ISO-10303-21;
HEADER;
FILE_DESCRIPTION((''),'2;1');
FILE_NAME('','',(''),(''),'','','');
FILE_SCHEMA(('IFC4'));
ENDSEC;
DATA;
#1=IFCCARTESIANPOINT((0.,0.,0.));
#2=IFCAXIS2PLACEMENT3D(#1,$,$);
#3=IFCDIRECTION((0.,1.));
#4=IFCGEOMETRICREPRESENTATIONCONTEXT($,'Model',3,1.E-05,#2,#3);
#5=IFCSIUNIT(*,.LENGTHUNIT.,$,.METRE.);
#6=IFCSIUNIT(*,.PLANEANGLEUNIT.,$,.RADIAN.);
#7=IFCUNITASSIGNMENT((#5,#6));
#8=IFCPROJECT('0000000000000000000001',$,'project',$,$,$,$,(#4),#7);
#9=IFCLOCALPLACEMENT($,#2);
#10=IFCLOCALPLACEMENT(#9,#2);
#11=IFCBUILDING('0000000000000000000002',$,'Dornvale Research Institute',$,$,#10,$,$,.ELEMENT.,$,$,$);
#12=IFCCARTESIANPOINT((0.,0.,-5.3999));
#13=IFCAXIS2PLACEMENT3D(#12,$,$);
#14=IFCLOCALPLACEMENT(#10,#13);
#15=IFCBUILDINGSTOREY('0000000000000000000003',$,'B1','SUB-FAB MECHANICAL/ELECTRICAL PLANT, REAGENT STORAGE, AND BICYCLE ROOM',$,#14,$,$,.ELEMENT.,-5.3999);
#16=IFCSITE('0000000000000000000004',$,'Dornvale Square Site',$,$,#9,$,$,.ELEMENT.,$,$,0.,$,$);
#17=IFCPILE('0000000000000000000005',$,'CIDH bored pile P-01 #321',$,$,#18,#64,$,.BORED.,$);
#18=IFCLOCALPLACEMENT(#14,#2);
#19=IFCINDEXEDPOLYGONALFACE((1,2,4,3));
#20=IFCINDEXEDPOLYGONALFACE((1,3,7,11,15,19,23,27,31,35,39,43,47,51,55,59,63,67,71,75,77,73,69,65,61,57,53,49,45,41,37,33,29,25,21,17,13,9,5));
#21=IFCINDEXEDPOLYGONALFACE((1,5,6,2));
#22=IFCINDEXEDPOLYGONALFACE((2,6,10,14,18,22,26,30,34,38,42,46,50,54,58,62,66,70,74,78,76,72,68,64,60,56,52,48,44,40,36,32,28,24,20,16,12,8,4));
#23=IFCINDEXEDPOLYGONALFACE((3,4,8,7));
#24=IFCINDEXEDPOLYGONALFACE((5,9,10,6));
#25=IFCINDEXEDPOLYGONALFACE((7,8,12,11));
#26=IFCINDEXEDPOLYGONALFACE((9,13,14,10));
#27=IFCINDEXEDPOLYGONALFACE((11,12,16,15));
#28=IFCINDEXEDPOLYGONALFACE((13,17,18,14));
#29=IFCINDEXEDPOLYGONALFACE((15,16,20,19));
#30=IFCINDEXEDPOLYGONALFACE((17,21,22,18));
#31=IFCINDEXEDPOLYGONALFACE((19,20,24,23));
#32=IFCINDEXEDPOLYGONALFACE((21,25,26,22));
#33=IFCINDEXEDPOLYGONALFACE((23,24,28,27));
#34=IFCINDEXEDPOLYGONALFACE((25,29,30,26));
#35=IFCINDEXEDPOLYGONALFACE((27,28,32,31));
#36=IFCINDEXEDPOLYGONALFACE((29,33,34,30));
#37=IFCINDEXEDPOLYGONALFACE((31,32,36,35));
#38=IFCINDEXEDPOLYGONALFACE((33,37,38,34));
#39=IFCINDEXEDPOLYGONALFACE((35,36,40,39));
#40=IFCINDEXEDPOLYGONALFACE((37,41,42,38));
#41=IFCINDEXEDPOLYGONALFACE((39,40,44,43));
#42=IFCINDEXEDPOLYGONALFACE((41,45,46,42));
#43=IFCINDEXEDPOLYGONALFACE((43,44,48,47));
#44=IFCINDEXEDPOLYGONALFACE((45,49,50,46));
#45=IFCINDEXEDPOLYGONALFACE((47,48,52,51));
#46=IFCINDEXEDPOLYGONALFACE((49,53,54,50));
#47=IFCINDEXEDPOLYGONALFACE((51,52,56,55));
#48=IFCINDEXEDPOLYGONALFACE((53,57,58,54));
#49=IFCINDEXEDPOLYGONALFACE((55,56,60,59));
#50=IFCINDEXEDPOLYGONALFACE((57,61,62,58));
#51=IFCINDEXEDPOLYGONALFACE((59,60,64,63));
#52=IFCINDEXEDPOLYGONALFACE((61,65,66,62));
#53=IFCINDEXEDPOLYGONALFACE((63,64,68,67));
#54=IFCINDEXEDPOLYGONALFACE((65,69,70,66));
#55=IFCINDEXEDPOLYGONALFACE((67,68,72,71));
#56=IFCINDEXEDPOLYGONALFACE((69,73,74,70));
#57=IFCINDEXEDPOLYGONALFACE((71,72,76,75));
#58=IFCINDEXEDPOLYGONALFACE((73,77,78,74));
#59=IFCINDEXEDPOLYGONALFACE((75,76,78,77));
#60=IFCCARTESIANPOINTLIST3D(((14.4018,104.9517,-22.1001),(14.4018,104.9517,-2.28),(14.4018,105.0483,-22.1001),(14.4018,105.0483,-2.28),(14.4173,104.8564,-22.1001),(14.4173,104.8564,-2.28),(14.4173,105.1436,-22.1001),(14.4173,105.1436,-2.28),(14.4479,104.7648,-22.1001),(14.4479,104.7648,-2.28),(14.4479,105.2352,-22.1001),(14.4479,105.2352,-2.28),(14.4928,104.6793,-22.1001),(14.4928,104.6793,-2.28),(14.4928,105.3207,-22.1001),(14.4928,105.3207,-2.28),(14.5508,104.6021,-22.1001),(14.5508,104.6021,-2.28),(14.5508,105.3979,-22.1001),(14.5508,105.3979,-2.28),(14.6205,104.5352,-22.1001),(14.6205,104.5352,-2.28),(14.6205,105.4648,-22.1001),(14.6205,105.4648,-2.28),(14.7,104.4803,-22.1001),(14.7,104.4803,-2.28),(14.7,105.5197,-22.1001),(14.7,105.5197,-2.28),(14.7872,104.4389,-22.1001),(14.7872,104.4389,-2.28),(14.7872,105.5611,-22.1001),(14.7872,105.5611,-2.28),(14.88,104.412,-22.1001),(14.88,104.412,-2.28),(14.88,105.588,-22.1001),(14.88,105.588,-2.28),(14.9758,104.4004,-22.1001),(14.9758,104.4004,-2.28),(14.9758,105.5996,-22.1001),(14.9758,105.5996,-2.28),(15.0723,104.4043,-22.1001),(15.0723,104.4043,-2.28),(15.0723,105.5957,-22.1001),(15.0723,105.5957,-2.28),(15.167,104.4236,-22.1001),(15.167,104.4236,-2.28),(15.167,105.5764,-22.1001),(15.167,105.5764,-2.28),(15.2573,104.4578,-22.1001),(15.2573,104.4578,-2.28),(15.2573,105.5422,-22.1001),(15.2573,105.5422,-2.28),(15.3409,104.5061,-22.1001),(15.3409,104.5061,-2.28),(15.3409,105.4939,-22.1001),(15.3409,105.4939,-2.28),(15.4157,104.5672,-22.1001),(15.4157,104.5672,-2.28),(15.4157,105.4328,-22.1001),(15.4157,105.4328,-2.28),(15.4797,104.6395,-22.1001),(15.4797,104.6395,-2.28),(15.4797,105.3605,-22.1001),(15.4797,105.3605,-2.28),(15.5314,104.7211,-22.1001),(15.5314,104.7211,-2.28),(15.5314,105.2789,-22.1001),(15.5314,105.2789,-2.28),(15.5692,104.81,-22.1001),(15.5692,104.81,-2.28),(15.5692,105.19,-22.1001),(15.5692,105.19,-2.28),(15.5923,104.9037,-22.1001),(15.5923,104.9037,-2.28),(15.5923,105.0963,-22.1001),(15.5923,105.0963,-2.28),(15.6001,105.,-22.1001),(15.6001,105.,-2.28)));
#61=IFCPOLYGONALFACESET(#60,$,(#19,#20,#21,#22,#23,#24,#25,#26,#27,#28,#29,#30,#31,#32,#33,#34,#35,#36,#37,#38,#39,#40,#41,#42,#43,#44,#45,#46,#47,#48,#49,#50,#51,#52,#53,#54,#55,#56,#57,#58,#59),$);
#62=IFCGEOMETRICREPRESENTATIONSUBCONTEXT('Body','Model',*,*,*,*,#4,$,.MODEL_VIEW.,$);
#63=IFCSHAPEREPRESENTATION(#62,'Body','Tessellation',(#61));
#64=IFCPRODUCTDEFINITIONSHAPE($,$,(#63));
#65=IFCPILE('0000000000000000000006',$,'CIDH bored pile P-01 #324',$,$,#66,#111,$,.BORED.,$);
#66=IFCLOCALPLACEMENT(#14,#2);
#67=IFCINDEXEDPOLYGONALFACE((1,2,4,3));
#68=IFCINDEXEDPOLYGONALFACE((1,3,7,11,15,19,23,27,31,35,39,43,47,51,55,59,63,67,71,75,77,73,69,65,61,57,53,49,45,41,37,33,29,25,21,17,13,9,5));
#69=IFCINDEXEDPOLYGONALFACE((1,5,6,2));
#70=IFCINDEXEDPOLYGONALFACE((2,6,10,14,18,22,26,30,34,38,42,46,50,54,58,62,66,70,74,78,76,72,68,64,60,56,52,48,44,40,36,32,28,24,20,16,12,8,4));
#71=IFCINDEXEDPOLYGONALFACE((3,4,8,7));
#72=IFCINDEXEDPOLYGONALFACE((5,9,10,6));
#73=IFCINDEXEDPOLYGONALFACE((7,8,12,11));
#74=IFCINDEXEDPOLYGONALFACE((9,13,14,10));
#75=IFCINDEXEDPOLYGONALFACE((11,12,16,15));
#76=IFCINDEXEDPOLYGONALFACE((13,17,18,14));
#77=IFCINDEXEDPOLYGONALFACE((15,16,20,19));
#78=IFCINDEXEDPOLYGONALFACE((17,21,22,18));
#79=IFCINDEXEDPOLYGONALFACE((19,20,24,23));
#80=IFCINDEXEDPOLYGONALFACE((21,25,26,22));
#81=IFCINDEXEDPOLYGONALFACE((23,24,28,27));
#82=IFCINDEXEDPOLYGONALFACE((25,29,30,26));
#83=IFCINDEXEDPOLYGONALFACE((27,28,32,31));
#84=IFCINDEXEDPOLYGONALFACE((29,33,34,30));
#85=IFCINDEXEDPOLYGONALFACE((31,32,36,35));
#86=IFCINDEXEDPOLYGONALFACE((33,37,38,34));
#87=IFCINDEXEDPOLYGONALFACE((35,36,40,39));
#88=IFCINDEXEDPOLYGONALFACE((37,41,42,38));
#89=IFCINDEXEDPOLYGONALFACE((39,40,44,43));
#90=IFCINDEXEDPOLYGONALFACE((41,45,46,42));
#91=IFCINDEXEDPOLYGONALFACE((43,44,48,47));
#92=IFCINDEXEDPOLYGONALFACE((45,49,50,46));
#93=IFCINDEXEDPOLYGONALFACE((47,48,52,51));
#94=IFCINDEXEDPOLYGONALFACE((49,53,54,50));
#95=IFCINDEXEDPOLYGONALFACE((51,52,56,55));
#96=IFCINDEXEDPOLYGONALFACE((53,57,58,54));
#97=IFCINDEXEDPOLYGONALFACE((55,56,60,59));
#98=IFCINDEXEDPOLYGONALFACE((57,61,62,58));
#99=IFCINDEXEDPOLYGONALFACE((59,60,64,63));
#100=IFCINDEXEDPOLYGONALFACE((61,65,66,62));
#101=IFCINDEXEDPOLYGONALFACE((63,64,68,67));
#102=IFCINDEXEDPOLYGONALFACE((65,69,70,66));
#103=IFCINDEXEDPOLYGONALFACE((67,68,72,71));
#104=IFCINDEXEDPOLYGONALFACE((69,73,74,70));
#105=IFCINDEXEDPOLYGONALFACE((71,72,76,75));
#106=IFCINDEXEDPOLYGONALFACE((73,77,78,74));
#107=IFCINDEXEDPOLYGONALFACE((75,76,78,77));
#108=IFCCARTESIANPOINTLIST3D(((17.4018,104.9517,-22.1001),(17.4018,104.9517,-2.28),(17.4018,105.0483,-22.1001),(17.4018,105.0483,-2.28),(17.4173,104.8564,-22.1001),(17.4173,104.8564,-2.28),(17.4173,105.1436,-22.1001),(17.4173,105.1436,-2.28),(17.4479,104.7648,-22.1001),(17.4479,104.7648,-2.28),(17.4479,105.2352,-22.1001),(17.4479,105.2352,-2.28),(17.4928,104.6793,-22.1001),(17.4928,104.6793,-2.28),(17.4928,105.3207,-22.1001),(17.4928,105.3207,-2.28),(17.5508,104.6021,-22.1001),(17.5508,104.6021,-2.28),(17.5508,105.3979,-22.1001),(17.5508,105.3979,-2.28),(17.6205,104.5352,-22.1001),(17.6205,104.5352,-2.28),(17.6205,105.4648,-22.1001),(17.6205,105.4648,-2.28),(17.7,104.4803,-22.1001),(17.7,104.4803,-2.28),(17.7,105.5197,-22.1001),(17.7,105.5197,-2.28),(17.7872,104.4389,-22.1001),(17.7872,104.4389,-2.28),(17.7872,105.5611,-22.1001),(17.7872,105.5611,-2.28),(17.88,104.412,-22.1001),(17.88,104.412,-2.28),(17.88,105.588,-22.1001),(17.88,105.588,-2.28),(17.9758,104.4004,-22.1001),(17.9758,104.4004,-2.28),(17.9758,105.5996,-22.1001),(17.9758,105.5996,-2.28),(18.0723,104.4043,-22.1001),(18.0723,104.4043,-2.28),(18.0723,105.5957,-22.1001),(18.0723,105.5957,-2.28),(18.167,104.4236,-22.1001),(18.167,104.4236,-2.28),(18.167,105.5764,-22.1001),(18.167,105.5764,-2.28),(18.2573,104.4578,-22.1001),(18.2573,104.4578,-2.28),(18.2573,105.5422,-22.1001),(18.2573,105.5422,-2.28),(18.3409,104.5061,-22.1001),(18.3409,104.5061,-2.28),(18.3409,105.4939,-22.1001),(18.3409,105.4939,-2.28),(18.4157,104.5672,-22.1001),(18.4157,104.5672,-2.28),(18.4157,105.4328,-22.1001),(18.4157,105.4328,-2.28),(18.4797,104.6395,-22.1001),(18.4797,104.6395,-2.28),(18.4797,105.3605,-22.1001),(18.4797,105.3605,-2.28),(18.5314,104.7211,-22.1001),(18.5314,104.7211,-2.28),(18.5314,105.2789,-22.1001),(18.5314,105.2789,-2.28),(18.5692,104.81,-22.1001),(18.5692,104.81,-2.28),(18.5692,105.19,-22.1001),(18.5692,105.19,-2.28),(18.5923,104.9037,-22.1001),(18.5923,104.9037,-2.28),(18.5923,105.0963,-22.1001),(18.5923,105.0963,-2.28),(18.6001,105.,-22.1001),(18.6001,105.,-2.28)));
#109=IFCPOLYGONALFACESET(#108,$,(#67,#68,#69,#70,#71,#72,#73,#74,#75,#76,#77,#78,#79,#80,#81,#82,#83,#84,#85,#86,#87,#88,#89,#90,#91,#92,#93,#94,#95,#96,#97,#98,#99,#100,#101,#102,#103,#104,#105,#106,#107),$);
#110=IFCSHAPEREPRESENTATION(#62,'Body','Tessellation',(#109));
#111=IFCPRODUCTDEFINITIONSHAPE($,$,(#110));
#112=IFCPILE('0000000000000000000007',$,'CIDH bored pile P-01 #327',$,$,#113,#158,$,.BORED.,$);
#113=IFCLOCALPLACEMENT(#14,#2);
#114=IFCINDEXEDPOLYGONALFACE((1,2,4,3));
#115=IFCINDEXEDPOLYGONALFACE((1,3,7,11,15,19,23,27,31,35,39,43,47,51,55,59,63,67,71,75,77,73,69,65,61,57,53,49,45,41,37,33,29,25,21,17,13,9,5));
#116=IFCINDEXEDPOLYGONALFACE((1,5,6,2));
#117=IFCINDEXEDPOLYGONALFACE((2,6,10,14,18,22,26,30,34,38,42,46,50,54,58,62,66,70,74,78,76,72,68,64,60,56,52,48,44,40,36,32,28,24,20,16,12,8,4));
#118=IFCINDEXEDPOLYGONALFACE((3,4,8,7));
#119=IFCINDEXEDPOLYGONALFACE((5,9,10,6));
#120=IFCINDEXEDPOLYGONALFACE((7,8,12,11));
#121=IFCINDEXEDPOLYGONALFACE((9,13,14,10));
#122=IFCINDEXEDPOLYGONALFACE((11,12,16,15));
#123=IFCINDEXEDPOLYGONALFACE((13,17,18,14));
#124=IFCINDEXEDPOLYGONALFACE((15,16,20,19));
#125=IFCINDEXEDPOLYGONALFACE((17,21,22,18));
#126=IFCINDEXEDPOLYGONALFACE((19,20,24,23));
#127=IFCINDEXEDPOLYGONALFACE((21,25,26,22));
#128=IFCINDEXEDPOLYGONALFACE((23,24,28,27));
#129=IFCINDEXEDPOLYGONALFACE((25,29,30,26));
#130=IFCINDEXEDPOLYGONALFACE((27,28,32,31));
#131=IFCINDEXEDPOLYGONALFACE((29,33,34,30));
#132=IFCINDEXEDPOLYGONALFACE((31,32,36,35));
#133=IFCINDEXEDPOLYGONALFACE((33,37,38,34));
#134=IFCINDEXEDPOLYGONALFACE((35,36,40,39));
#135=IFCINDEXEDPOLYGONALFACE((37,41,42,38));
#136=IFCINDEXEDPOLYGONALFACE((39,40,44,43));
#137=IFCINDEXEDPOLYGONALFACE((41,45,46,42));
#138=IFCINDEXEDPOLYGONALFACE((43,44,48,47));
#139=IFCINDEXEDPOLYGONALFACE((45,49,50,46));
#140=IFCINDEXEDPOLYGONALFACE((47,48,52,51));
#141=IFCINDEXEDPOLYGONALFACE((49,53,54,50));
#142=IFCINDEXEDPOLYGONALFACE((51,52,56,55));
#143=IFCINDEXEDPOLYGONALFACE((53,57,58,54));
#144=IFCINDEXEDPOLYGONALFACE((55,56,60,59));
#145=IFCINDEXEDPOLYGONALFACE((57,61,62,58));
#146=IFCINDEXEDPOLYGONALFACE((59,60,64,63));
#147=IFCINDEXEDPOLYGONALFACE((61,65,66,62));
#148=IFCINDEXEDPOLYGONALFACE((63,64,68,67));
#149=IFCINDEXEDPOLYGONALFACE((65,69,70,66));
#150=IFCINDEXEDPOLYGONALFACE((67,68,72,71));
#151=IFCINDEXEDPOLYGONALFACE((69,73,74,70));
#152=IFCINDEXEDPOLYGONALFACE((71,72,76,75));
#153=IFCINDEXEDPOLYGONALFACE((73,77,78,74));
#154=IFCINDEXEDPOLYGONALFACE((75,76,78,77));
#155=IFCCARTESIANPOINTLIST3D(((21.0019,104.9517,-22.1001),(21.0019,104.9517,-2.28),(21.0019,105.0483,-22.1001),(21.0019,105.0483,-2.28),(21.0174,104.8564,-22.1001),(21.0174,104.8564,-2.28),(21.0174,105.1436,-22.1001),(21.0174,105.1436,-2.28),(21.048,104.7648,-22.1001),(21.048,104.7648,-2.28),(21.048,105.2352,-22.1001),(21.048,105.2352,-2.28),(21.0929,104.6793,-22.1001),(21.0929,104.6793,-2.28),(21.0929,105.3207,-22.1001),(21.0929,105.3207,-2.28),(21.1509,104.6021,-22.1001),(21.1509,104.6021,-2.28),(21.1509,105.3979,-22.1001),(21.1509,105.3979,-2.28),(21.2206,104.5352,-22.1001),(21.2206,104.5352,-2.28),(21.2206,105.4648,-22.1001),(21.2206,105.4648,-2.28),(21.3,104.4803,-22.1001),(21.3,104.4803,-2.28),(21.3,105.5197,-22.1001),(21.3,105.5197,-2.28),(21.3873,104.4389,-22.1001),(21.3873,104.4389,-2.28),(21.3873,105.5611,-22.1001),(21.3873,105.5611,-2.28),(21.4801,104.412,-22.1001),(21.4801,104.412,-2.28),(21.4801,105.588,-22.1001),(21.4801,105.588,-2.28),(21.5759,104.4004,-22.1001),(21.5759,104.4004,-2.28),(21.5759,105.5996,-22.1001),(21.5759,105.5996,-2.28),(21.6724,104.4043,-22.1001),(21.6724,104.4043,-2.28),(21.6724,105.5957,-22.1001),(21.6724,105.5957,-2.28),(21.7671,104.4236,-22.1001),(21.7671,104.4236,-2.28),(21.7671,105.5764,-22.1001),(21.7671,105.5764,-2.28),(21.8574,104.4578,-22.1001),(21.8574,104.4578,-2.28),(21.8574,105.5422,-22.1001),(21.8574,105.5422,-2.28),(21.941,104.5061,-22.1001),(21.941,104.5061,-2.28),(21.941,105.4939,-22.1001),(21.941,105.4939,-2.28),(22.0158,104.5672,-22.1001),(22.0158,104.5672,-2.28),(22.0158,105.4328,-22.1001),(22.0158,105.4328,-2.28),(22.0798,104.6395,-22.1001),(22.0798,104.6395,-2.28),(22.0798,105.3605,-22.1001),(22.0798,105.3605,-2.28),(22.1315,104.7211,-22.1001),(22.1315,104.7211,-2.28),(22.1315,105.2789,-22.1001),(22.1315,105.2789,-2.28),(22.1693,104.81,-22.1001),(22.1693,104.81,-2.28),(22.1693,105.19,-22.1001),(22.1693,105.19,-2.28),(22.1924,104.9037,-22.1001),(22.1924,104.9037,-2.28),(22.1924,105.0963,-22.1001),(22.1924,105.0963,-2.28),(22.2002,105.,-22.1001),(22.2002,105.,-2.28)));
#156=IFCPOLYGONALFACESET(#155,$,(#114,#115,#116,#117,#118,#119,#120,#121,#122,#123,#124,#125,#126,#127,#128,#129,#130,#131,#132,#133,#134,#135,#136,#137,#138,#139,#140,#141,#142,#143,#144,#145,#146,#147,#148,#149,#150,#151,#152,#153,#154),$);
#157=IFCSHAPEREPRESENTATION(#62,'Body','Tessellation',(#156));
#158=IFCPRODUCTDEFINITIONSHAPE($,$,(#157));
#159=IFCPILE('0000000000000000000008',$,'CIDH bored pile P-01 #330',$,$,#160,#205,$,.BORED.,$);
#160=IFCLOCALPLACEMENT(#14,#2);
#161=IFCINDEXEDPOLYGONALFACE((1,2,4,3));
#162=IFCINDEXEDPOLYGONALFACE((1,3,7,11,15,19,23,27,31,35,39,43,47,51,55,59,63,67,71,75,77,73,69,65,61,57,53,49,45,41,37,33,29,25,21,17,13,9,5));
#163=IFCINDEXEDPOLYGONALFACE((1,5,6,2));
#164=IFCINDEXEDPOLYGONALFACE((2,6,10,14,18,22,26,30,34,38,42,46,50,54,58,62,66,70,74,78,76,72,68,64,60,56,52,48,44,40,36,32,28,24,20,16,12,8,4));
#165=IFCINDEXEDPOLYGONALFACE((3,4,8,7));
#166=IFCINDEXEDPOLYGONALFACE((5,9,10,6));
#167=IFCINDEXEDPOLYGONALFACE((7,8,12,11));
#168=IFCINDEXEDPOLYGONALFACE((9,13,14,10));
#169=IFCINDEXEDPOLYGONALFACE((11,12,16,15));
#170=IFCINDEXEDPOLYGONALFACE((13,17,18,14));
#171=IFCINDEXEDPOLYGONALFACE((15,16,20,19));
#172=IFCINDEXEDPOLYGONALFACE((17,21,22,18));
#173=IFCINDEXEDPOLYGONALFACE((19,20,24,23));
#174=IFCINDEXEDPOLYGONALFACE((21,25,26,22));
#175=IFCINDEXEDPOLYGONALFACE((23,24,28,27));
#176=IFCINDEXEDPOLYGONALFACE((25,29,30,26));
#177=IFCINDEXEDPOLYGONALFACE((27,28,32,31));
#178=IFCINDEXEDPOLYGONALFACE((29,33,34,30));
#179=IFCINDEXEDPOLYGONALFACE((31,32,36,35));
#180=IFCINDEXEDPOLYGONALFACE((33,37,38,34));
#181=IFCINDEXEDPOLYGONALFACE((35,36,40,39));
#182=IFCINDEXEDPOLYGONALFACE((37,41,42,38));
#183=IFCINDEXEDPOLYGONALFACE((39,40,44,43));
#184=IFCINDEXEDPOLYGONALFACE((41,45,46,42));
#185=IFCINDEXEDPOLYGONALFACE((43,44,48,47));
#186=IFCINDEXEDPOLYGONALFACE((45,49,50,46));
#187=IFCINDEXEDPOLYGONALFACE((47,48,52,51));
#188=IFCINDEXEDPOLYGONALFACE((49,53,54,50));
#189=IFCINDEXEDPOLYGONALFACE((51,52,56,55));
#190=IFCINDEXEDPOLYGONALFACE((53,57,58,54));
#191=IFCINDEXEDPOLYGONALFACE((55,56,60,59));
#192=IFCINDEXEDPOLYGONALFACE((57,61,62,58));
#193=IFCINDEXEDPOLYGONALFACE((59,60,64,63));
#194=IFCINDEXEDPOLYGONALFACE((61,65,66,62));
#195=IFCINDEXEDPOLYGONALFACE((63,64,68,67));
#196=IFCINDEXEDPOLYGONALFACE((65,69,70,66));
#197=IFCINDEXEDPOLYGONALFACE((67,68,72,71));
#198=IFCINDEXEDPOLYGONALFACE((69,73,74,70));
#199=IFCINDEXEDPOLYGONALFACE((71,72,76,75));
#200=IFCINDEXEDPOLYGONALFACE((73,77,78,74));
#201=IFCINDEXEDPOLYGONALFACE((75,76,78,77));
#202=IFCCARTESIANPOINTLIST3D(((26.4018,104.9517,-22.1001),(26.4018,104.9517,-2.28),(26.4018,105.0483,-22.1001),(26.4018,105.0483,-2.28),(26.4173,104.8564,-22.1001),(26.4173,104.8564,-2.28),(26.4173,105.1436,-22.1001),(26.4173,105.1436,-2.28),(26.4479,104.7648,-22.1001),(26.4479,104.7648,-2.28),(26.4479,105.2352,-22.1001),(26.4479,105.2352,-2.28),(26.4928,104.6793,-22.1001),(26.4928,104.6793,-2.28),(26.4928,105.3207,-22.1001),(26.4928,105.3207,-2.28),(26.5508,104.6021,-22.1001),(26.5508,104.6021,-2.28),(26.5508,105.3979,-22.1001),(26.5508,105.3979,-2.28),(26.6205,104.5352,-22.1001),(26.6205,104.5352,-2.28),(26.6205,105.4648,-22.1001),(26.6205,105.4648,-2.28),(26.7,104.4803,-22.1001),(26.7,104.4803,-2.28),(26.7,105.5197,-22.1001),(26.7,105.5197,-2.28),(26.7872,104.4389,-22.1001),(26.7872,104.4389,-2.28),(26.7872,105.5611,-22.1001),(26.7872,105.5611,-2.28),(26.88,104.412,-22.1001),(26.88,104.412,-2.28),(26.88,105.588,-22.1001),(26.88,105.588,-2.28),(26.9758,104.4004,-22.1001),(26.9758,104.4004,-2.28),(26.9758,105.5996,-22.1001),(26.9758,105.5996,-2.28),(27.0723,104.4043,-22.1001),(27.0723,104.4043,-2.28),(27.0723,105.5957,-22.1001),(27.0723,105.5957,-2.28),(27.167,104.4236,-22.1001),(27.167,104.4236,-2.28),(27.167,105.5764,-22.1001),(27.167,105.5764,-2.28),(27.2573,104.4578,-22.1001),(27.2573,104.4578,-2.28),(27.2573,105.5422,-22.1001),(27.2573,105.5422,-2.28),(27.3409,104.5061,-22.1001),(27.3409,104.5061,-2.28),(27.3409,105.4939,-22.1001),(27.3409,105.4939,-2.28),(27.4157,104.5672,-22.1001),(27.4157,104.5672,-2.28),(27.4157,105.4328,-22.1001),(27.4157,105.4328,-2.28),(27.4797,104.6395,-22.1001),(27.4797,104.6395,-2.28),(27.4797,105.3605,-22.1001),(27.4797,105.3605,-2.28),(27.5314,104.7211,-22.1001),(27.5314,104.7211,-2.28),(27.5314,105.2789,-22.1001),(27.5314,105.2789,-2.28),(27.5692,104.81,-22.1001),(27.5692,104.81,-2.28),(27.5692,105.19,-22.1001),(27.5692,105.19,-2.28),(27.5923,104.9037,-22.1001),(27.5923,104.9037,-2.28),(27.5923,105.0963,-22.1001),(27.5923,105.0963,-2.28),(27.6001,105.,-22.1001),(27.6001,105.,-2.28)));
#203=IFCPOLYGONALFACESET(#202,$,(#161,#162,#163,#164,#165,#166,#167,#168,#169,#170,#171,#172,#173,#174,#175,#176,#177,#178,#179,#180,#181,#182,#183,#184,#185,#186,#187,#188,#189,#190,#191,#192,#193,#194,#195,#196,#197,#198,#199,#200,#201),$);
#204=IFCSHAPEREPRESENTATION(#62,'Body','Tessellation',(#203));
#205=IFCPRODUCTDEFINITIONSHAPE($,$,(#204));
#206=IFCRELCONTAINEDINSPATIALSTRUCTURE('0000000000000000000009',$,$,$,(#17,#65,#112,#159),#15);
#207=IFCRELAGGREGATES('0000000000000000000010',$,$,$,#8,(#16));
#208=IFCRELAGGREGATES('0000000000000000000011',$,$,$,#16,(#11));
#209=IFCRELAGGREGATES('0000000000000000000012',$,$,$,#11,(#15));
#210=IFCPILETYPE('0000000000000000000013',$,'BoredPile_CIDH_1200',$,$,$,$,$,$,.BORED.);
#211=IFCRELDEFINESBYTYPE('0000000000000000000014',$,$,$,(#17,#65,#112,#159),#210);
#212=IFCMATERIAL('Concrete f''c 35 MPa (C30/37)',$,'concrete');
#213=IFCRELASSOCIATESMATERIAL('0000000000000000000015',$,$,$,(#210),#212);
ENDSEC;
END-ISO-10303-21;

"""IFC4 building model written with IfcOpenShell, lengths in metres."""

from ifc_helpers import new_model, si_unit, direction, frame, origin, origin_2d, place, context, subcontext, project, spatial, circle, extrude, material, material_profile, profile_set, type_object, element, save


model = new_model("IFC4")

# Units and contexts
model_context = context("Model", 3, precision=1e-05, world=origin(), true_north=direction((0.0, 1.0)))
body_context = subcontext(model_context, "Body", "Model", "MODEL_VIEW")
ifc_project = project(units=[si_unit("LENGTHUNIT", "METRE"), si_unit("PLANEANGLEUNIT", "RADIAN")], contexts=[model_context])

# Site, building, storey
site_placement = place(None, origin())
site = spatial("IfcSite", under=ifc_project, at=site_placement, Name="Dornvale Square Site", CompositionType="ELEMENT", RefElevation=0.0)
building_placement = place(site_placement, origin())
building = spatial("IfcBuilding", under=site, at=building_placement, Name="Dornvale Research Institute", CompositionType="ELEMENT")
storey_placement = place(building_placement, frame((0.0, 0.0, -5.3999)))
storey = spatial("IfcBuildingStorey", under=building, at=storey_placement, Name="B1", Description="SUB-FAB MECHANICAL/ELECTRICAL PLANT, REAGENT STORAGE, AND BICYCLE ROOM", CompositionType="ELEMENT", Elevation=-5.3999)

# Piles
ifc_material_1 = material(Name="Concrete f'c 35 MPa (C30/37)", Category="concrete")
ifc_material_profile_1 = material_profile(ifc_material_1, circle(Radius=0.6001, at=origin_2d()), Name="CIDH PILE D1200")
ifc_profile_set_1 = profile_set([ifc_material_profile_1], Name="Concrete f'c 35 MPa (C30/37)")
pile_type = type_object("IfcPileType", Name="BoredPile_CIDH_1200", PredefinedType="BORED", material=ifc_profile_set_1)
for number, where, z_axis, x_axis, name in (
    (1, (15.0, 105.0, -2.28), (0.0, 0.0, -1.0), (1.0, 0.0, 0.0), "CIDH bored pile P-01 #321"),
    (2, (18.0, 105.0, -2.28), (0.0, 0.0, -1.0), (1.0, 0.0, 0.0), "CIDH bored pile P-01 #324"),
    (3, (21.6001, 105.0, -2.28), (0.0, 0.0, -1.0), (1.0, 0.0, 0.0), "CIDH bored pile P-01 #327"),
    (4, (27.0, 105.0, -2.28), (0.0, 0.0, -1.0), (1.0, 0.0, 0.0), "CIDH bored pile P-01 #330"),
):
    element("IfcPile", number, at=place(storey_placement, frame(where, z_axis=z_axis, x_axis=x_axis)), inside=storey, type_object=pile_type, Name=name, PredefinedType="BORED", context=body_context, shape_type="SweptSolid", body=[
        extrude(circle(Radius=0.6001, at=origin_2d()), origin(), (0.0, 0.0, 1.0), 19.8201),
    ])

save(model, "model.ifc")
